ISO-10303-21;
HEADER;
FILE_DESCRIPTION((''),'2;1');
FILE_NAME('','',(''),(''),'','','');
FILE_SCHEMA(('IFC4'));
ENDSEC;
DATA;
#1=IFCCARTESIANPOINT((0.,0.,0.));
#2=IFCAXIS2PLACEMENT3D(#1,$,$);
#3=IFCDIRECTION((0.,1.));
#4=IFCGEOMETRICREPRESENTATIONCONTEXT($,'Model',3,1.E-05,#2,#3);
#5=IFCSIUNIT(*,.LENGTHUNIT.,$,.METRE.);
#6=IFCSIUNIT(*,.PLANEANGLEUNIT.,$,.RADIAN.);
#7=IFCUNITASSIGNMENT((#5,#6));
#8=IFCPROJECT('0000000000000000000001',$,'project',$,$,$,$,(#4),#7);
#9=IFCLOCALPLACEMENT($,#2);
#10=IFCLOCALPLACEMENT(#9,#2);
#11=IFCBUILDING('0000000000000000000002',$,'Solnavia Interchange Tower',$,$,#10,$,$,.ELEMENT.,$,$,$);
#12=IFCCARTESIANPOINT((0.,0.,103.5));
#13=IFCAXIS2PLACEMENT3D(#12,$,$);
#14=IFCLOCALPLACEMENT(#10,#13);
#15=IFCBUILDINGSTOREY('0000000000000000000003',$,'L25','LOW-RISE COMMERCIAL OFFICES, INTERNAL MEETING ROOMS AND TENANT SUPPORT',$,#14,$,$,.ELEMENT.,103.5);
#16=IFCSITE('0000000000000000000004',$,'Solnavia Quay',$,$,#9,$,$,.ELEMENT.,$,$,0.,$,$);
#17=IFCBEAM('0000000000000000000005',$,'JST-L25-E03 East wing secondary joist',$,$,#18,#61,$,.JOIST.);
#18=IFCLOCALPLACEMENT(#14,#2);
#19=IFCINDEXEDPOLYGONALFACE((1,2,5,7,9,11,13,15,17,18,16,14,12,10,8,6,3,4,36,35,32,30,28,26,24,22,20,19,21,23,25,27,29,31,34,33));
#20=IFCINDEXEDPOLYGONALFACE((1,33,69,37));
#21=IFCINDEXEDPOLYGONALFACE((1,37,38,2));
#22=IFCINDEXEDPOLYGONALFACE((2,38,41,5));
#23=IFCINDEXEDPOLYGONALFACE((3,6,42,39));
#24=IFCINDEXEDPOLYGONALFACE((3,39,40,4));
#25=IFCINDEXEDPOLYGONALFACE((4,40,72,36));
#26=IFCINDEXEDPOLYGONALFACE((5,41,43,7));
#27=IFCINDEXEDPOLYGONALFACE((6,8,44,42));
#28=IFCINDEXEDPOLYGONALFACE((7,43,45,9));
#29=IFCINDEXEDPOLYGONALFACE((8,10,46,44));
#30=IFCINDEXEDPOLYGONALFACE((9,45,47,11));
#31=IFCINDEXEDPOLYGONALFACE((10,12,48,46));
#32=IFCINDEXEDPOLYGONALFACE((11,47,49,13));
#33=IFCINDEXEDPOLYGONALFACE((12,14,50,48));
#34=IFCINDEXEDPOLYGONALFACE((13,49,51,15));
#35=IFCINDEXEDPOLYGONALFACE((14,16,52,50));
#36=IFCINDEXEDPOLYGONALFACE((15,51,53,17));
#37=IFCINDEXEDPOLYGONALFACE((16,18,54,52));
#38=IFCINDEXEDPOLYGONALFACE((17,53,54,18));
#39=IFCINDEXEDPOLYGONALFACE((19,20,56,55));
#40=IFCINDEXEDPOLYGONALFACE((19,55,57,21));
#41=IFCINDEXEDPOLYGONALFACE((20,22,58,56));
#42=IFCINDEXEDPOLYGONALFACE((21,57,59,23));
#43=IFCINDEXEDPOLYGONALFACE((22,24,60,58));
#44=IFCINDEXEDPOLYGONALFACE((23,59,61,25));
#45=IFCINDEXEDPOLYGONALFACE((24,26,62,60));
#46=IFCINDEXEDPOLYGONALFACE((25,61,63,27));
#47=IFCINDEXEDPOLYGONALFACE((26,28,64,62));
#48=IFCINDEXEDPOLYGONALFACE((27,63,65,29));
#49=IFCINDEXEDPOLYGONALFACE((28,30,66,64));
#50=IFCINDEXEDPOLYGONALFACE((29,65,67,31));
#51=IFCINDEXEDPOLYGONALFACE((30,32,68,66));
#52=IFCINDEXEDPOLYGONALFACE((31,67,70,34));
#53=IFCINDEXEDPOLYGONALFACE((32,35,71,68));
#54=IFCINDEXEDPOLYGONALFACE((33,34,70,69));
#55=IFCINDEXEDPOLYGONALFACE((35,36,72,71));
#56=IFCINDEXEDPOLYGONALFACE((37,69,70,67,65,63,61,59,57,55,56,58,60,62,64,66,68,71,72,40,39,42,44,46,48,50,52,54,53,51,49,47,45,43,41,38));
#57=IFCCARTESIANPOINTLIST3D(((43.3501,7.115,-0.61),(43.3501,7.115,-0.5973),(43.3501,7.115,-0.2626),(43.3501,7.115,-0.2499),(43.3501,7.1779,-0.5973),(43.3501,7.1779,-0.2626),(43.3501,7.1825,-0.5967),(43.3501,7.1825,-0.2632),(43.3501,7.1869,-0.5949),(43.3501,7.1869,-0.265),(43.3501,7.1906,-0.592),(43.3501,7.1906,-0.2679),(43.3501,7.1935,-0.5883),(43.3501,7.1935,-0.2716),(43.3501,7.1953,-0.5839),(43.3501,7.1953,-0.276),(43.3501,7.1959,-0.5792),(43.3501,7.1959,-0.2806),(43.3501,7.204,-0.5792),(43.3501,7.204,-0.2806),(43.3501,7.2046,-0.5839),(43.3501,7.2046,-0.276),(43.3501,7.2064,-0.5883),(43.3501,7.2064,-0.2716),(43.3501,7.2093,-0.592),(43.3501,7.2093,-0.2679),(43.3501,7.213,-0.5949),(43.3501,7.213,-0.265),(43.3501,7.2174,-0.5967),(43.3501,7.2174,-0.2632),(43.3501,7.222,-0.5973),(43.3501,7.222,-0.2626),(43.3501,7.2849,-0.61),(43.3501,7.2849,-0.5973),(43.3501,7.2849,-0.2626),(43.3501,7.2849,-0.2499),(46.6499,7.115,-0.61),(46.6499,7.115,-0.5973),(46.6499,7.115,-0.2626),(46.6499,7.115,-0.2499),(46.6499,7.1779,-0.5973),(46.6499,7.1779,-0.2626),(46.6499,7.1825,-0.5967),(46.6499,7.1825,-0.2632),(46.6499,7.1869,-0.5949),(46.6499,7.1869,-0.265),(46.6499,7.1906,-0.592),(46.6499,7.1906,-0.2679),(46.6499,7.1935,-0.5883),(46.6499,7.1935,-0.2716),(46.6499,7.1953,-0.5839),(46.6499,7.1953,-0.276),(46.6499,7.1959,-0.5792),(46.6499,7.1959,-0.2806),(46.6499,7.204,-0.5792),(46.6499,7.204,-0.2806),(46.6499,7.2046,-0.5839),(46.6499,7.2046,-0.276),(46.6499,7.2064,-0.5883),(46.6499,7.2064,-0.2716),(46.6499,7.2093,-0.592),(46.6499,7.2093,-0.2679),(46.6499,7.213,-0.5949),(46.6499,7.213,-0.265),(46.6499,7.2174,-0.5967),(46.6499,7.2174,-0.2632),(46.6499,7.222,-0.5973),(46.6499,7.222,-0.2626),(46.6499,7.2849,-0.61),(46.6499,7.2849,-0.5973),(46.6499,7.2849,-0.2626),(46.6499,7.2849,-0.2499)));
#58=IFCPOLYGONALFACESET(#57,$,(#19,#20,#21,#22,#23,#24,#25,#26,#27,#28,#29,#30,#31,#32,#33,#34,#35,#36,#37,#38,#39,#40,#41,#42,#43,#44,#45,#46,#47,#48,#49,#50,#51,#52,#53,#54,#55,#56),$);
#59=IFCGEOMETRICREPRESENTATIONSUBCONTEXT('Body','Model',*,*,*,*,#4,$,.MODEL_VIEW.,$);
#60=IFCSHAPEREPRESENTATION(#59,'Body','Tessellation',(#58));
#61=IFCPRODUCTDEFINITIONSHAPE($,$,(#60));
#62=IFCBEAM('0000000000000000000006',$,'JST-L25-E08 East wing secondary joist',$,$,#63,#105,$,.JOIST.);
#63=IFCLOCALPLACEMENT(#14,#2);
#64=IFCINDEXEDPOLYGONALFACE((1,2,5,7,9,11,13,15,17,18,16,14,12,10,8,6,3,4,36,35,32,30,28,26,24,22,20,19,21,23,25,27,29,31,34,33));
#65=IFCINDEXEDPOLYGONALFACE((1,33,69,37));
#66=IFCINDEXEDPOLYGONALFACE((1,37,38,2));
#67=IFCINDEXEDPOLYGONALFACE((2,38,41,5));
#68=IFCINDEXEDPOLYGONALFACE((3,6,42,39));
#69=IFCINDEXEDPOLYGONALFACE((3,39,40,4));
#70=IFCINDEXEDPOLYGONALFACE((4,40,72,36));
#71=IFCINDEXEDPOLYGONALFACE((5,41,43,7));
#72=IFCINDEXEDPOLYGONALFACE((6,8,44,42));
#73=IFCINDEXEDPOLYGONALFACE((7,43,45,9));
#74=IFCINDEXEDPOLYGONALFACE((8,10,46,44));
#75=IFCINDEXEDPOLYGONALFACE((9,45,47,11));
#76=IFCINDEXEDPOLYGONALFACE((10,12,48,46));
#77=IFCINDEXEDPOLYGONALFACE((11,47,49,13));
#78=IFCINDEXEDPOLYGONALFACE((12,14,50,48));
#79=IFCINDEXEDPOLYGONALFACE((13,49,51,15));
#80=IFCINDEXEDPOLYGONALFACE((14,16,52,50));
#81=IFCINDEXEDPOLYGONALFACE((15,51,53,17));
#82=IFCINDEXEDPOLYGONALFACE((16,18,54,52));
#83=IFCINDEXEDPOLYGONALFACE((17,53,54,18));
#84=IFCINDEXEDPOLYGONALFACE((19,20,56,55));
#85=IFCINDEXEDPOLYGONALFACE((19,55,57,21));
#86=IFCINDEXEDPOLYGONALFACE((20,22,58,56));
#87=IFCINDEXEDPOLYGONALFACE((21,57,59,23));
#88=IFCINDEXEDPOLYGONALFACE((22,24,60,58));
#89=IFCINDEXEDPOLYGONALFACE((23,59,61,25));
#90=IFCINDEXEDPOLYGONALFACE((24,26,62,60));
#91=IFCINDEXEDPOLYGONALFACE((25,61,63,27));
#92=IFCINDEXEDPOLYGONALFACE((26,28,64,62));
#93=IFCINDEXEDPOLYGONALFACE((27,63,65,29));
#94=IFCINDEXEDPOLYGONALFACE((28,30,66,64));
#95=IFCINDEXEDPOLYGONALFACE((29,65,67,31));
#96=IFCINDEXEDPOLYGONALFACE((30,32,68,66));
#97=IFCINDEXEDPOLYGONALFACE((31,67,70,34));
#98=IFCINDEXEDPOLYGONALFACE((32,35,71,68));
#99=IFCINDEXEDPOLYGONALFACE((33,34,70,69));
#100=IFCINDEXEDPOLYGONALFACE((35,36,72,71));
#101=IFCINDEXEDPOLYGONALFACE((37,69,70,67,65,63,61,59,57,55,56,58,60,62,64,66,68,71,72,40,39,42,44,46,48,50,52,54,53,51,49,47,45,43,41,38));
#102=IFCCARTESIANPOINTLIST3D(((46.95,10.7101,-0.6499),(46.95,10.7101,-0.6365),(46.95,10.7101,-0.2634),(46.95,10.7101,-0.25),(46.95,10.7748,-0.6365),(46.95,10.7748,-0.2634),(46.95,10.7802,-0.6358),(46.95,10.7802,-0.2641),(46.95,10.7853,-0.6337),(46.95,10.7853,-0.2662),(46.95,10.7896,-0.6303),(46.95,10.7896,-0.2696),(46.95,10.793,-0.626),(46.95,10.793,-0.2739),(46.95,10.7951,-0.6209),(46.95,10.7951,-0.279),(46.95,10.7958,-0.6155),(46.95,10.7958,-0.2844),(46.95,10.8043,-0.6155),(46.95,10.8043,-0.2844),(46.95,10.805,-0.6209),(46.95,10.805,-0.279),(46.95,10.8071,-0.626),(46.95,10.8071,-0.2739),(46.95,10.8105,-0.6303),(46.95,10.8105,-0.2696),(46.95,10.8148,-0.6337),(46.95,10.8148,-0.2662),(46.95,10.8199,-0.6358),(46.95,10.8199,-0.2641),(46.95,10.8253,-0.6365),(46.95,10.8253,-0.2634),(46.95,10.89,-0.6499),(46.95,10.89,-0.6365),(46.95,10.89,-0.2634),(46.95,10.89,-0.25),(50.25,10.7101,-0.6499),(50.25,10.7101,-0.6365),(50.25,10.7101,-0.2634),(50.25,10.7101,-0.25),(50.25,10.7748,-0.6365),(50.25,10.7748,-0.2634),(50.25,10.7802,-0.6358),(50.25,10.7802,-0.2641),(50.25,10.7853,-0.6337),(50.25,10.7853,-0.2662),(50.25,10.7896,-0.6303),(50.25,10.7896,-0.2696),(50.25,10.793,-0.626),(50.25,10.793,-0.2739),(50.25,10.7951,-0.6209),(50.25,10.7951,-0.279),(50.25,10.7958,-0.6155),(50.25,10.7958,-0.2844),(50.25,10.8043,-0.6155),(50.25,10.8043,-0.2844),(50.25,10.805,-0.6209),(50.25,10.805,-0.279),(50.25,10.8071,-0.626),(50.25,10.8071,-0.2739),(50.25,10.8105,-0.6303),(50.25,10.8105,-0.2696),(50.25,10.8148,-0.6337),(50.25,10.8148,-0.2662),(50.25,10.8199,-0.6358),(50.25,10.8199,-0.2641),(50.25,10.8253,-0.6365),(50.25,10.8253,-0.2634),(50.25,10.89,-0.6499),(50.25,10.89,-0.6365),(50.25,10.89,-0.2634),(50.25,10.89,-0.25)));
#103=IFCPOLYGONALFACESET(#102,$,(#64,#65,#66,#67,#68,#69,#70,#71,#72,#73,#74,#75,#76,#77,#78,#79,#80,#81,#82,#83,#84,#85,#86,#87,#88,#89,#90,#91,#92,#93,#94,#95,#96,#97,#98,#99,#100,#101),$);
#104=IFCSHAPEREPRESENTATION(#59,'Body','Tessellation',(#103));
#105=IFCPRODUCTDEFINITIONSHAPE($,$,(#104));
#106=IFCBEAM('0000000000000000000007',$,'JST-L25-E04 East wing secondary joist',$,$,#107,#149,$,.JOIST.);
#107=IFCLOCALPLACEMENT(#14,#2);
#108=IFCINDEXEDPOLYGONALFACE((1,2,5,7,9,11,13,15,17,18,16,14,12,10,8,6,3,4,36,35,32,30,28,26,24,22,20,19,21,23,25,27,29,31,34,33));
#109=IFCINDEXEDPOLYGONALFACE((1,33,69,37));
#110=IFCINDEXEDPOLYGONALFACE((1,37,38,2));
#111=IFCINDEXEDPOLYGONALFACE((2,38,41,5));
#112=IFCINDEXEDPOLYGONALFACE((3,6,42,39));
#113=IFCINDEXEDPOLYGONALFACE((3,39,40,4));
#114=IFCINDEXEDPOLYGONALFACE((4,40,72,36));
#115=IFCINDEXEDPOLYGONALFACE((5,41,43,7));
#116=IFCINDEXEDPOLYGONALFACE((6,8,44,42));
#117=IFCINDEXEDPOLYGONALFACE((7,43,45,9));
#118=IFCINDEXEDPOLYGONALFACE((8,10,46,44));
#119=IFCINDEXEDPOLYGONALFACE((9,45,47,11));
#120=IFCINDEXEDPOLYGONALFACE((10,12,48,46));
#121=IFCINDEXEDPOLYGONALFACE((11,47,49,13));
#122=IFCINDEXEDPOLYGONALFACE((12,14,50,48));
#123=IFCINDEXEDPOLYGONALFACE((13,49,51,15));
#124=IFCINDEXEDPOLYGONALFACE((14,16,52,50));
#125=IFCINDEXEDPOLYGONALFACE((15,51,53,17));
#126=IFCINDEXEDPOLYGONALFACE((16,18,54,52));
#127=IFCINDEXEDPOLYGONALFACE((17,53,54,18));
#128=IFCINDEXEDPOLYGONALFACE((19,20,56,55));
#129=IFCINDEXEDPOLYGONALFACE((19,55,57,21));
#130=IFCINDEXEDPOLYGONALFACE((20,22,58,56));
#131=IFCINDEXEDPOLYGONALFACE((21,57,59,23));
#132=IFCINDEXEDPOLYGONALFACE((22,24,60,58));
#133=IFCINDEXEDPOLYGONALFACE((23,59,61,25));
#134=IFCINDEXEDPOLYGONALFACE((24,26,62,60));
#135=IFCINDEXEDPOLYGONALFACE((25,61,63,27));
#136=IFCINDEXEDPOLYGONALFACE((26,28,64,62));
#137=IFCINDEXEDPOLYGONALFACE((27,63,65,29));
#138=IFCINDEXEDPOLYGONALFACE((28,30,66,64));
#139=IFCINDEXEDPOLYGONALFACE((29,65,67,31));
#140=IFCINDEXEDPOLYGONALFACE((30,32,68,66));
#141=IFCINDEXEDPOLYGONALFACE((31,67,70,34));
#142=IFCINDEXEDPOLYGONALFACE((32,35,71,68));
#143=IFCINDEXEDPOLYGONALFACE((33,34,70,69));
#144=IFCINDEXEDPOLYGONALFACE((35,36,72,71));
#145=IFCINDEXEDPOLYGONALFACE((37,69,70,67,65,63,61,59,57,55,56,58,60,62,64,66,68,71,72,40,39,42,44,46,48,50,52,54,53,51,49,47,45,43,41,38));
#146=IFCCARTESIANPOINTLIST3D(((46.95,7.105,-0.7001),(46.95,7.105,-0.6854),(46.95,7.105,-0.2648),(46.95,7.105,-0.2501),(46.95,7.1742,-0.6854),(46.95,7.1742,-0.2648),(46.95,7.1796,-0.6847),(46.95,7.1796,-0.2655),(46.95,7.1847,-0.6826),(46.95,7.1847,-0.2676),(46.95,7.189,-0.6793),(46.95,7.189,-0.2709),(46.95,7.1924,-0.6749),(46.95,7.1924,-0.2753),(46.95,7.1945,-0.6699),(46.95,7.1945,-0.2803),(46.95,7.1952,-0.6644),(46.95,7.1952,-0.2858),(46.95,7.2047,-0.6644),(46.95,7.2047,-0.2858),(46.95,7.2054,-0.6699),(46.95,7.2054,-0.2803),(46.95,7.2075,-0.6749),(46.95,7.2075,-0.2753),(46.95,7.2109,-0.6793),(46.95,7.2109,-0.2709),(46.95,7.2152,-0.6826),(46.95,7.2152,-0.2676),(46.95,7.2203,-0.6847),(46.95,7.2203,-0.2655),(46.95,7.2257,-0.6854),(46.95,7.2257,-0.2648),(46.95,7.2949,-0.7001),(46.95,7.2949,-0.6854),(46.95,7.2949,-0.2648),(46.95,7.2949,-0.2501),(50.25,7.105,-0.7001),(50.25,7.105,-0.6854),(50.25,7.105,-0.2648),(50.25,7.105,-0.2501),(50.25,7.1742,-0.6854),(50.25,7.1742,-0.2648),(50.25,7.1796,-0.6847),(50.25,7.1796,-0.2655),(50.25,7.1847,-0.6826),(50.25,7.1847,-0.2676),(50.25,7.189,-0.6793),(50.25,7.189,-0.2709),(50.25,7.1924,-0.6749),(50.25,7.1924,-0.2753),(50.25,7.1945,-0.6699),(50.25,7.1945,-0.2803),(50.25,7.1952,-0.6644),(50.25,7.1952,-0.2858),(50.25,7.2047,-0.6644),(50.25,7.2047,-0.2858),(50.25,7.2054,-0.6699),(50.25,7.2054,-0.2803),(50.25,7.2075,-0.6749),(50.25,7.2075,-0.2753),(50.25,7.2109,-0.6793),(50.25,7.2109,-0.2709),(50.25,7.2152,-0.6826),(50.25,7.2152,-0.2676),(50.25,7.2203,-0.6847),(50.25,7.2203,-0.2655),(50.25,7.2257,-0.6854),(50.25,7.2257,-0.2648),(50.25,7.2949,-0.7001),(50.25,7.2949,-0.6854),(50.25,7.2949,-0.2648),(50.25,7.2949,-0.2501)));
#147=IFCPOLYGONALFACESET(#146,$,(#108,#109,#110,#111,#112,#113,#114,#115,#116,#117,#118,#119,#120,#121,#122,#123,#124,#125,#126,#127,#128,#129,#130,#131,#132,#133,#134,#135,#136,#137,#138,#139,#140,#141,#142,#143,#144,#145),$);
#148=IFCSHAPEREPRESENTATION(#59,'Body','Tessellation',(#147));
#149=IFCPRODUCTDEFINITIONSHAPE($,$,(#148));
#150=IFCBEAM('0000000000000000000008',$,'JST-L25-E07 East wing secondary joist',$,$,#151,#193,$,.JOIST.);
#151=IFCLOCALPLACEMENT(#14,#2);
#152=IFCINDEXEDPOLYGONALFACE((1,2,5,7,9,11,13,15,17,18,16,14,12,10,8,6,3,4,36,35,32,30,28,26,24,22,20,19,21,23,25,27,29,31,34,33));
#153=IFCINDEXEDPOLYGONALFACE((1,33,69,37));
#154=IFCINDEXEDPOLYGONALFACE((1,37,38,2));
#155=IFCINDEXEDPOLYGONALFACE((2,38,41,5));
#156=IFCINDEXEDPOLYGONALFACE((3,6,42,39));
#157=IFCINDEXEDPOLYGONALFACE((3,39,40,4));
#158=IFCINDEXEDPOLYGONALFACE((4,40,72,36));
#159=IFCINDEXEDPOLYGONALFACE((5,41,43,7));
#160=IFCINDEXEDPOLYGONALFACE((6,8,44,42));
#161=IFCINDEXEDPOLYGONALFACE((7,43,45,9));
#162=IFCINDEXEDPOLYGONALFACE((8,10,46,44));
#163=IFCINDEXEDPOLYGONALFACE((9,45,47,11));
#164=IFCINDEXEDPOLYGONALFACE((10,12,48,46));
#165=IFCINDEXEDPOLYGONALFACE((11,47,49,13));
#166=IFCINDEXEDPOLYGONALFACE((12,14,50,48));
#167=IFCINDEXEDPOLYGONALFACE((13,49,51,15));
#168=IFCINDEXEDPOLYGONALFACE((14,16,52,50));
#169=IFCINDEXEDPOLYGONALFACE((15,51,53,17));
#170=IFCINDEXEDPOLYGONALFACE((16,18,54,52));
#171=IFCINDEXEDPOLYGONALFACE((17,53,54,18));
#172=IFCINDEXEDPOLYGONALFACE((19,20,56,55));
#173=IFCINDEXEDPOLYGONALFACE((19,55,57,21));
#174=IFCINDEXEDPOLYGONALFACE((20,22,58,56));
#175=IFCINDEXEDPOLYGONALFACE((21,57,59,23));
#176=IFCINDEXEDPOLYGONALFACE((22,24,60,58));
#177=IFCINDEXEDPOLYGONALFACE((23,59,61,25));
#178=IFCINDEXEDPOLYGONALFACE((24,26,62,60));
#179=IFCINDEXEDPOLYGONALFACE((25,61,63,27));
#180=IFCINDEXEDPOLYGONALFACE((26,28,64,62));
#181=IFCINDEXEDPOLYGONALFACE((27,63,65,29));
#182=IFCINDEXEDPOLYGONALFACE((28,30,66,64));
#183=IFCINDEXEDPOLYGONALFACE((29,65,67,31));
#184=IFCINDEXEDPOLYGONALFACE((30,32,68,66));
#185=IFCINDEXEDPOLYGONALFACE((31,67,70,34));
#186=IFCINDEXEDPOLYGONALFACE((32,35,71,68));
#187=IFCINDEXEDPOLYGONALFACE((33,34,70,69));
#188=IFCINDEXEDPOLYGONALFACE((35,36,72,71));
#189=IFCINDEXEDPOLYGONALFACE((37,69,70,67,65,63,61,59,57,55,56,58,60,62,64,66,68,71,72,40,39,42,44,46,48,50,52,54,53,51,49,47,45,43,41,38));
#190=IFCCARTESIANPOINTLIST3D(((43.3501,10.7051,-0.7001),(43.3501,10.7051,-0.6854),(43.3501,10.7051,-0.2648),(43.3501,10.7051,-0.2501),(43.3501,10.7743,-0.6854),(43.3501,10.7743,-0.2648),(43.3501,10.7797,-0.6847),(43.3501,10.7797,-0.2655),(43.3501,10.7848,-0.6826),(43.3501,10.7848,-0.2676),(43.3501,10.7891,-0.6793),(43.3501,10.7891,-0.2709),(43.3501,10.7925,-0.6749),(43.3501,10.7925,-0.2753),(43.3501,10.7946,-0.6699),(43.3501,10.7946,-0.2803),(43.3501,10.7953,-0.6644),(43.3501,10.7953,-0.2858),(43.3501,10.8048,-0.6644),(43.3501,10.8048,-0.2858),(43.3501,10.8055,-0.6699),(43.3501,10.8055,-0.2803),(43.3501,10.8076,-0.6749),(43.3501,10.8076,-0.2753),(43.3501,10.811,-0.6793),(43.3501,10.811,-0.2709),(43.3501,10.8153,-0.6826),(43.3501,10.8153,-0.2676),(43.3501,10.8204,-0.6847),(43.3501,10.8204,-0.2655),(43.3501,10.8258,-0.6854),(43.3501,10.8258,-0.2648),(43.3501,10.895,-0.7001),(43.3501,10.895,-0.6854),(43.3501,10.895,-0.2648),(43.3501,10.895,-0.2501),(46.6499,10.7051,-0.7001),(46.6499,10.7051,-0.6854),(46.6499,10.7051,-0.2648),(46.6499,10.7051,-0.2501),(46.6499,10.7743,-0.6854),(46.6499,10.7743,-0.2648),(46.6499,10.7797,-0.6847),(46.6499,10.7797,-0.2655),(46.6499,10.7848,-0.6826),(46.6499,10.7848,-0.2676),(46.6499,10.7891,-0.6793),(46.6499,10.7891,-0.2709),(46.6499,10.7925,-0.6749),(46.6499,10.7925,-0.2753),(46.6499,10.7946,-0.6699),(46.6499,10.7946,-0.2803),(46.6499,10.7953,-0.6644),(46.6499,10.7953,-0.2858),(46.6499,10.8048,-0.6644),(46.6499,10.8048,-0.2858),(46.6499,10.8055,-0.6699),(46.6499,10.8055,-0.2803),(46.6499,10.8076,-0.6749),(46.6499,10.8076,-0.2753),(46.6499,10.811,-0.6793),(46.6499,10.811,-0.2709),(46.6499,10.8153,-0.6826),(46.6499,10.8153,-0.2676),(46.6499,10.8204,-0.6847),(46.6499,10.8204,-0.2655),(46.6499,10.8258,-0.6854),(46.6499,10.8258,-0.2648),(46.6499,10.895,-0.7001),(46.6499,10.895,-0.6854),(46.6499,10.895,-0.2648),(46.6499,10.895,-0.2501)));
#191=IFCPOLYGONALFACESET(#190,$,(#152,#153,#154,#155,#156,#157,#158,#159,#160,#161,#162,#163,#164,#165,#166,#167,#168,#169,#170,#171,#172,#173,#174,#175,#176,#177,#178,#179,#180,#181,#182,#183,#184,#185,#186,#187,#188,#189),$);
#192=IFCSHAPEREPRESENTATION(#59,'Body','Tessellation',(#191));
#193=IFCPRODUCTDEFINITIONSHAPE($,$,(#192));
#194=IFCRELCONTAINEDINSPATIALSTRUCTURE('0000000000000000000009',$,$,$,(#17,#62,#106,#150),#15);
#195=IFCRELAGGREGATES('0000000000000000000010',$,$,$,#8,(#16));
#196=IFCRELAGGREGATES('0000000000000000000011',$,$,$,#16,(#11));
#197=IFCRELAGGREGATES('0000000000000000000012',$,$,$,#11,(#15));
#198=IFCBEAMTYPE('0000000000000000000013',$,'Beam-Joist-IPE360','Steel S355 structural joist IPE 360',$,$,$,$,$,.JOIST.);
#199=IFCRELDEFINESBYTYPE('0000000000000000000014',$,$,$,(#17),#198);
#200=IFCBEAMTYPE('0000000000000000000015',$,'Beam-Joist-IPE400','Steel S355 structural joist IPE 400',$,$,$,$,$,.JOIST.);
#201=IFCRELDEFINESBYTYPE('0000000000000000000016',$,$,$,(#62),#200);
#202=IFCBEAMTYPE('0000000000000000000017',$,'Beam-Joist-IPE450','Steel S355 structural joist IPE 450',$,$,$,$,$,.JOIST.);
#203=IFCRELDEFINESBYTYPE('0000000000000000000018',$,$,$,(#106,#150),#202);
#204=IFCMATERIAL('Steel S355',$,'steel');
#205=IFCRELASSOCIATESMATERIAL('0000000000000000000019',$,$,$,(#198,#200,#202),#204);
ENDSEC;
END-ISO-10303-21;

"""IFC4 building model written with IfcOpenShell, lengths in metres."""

from ifc_helpers import new_model, si_unit, direction, frame, origin, origin_2d, place, context, subcontext, project, spatial, i_section, extrude, material, material_profile, profile_set, type_object, element, save


model = new_model("IFC4")

# Units and contexts
model_context = context("Model", 3, precision=1e-05, world=origin(), true_north=direction((0.0, 1.0)))
body_context = subcontext(model_context, "Body", "Model", "MODEL_VIEW")
ifc_project = project(units=[si_unit("LENGTHUNIT", "METRE"), si_unit("PLANEANGLEUNIT", "RADIAN")], contexts=[model_context])

# Site, building, storey
site_placement = place(None, origin())
site = spatial("IfcSite", under=ifc_project, at=site_placement, Name="Solnavia Quay", CompositionType="ELEMENT", RefElevation=0.0)
building_placement = place(site_placement, origin())
building = spatial("IfcBuilding", under=site, at=building_placement, Name="Solnavia Interchange Tower", CompositionType="ELEMENT")
storey_placement = place(building_placement, frame((0.0, 0.0, 103.5)))
storey = spatial("IfcBuildingStorey", under=building, at=storey_placement, Name="L25", Description="LOW-RISE COMMERCIAL OFFICES, INTERNAL MEETING ROOMS AND TENANT SUPPORT", CompositionType="ELEMENT", Elevation=103.5)

# Shared definitions
ifc_material_1 = material(Name="Steel S355", Category="steel")

# Beams
ifc_material_profile_1 = material_profile(ifc_material_1, i_section(OverallWidth=0.1699, OverallDepth=0.3601, WebThickness=0.0081, FlangeThickness=0.0127, FilletRadius=0.0181, at=origin_2d()), Name="IPE 360")
ifc_profile_set_1 = profile_set([ifc_material_profile_1], Name="Steel S355")
beam_type_1 = type_object("IfcBeamType", Name="Beam-Joist-IPE360", Description="Steel S355 structural joist IPE 360", PredefinedType="JOIST", material=ifc_profile_set_1)
beam_1_placement = place(storey_placement, frame((43.3501, 7.2, -0.4299), z_axis=(1.0, 0.0, 0.0), x_axis=(0.0, 1.0, 0.0)))
element("IfcBeam", 1, at=beam_1_placement, inside=storey, type_object=beam_type_1, Name="JST-L25-E03 East wing secondary joist", PredefinedType="JOIST", context=body_context, shape_type="SweptSolid", body=[
    extrude(i_section(OverallWidth=0.1699, OverallDepth=0.3601, WebThickness=0.0081, FlangeThickness=0.0127, FilletRadius=0.0181, at=origin_2d()), origin(), (0.0, 0.0, 1.0), 3.2998),
])
ifc_material_profile_2 = material_profile(ifc_material_1, i_section(OverallWidth=0.1799, OverallDepth=0.3999, WebThickness=0.0085, FlangeThickness=0.0134, FilletRadius=0.021, at=origin_2d()), Name="IPE 400")
ifc_profile_set_2 = profile_set([ifc_material_profile_2], Name="Steel S355")
beam_type_2 = type_object("IfcBeamType", Name="Beam-Joist-IPE400", Description="Steel S355 structural joist IPE 400", PredefinedType="JOIST", material=ifc_profile_set_2)
beam_2_placement = place(storey_placement, frame((46.95, 10.8, -0.45), z_axis=(1.0, 0.0, 0.0), x_axis=(0.0, 1.0, 0.0)))
element("IfcBeam", 2, at=beam_2_placement, inside=storey, type_object=beam_type_2, Name="JST-L25-E08 East wing secondary joist", PredefinedType="JOIST", context=body_context, shape_type="SweptSolid", body=[
    extrude(i_section(OverallWidth=0.1799, OverallDepth=0.3999, WebThickness=0.0085, FlangeThickness=0.0134, FilletRadius=0.021, at=origin_2d()), origin(), (0.0, 0.0, 1.0), 3.3),
])
ifc_material_profile_3 = material_profile(ifc_material_1, i_section(OverallWidth=0.1899, OverallDepth=0.45, WebThickness=0.0095, FlangeThickness=0.0146, FilletRadius=0.021, at=origin_2d()), Name="IPE 450")
ifc_profile_set_3 = profile_set([ifc_material_profile_3], Name="Steel S355")
beam_type_3 = type_object("IfcBeamType", Name="Beam-Joist-IPE450", Description="Steel S355 structural joist IPE 450", PredefinedType="JOIST", material=ifc_profile_set_3)
beam_3_placement = place(storey_placement, frame((46.95, 7.2, -0.4751), z_axis=(1.0, 0.0, 0.0), x_axis=(0.0, 1.0, 0.0)))
element("IfcBeam", 3, at=beam_3_placement, inside=storey, type_object=beam_type_3, Name="JST-L25-E04 East wing secondary joist", PredefinedType="JOIST", context=body_context, shape_type="SweptSolid", body=[
    extrude(i_section(OverallWidth=0.1899, OverallDepth=0.45, WebThickness=0.0095, FlangeThickness=0.0146, FilletRadius=0.021, at=origin_2d()), origin(), (0.0, 0.0, 1.0), 3.3),
])
beam_4_placement = place(storey_placement, frame((43.3501, 10.8, -0.4751), z_axis=(1.0, 0.0, 0.0), x_axis=(0.0, 1.0, 0.0)))
element("IfcBeam", 4, at=beam_4_placement, inside=storey, type_object=beam_type_3, Name="JST-L25-E07 East wing secondary joist", PredefinedType="JOIST", context=body_context, shape_type="SweptSolid", body=[
    extrude(i_section(OverallWidth=0.1899, OverallDepth=0.45, WebThickness=0.0095, FlangeThickness=0.0146, FilletRadius=0.021, at=origin_2d()), origin(), (0.0, 0.0, 1.0), 3.2998),
])

save(model, "model.ifc")
